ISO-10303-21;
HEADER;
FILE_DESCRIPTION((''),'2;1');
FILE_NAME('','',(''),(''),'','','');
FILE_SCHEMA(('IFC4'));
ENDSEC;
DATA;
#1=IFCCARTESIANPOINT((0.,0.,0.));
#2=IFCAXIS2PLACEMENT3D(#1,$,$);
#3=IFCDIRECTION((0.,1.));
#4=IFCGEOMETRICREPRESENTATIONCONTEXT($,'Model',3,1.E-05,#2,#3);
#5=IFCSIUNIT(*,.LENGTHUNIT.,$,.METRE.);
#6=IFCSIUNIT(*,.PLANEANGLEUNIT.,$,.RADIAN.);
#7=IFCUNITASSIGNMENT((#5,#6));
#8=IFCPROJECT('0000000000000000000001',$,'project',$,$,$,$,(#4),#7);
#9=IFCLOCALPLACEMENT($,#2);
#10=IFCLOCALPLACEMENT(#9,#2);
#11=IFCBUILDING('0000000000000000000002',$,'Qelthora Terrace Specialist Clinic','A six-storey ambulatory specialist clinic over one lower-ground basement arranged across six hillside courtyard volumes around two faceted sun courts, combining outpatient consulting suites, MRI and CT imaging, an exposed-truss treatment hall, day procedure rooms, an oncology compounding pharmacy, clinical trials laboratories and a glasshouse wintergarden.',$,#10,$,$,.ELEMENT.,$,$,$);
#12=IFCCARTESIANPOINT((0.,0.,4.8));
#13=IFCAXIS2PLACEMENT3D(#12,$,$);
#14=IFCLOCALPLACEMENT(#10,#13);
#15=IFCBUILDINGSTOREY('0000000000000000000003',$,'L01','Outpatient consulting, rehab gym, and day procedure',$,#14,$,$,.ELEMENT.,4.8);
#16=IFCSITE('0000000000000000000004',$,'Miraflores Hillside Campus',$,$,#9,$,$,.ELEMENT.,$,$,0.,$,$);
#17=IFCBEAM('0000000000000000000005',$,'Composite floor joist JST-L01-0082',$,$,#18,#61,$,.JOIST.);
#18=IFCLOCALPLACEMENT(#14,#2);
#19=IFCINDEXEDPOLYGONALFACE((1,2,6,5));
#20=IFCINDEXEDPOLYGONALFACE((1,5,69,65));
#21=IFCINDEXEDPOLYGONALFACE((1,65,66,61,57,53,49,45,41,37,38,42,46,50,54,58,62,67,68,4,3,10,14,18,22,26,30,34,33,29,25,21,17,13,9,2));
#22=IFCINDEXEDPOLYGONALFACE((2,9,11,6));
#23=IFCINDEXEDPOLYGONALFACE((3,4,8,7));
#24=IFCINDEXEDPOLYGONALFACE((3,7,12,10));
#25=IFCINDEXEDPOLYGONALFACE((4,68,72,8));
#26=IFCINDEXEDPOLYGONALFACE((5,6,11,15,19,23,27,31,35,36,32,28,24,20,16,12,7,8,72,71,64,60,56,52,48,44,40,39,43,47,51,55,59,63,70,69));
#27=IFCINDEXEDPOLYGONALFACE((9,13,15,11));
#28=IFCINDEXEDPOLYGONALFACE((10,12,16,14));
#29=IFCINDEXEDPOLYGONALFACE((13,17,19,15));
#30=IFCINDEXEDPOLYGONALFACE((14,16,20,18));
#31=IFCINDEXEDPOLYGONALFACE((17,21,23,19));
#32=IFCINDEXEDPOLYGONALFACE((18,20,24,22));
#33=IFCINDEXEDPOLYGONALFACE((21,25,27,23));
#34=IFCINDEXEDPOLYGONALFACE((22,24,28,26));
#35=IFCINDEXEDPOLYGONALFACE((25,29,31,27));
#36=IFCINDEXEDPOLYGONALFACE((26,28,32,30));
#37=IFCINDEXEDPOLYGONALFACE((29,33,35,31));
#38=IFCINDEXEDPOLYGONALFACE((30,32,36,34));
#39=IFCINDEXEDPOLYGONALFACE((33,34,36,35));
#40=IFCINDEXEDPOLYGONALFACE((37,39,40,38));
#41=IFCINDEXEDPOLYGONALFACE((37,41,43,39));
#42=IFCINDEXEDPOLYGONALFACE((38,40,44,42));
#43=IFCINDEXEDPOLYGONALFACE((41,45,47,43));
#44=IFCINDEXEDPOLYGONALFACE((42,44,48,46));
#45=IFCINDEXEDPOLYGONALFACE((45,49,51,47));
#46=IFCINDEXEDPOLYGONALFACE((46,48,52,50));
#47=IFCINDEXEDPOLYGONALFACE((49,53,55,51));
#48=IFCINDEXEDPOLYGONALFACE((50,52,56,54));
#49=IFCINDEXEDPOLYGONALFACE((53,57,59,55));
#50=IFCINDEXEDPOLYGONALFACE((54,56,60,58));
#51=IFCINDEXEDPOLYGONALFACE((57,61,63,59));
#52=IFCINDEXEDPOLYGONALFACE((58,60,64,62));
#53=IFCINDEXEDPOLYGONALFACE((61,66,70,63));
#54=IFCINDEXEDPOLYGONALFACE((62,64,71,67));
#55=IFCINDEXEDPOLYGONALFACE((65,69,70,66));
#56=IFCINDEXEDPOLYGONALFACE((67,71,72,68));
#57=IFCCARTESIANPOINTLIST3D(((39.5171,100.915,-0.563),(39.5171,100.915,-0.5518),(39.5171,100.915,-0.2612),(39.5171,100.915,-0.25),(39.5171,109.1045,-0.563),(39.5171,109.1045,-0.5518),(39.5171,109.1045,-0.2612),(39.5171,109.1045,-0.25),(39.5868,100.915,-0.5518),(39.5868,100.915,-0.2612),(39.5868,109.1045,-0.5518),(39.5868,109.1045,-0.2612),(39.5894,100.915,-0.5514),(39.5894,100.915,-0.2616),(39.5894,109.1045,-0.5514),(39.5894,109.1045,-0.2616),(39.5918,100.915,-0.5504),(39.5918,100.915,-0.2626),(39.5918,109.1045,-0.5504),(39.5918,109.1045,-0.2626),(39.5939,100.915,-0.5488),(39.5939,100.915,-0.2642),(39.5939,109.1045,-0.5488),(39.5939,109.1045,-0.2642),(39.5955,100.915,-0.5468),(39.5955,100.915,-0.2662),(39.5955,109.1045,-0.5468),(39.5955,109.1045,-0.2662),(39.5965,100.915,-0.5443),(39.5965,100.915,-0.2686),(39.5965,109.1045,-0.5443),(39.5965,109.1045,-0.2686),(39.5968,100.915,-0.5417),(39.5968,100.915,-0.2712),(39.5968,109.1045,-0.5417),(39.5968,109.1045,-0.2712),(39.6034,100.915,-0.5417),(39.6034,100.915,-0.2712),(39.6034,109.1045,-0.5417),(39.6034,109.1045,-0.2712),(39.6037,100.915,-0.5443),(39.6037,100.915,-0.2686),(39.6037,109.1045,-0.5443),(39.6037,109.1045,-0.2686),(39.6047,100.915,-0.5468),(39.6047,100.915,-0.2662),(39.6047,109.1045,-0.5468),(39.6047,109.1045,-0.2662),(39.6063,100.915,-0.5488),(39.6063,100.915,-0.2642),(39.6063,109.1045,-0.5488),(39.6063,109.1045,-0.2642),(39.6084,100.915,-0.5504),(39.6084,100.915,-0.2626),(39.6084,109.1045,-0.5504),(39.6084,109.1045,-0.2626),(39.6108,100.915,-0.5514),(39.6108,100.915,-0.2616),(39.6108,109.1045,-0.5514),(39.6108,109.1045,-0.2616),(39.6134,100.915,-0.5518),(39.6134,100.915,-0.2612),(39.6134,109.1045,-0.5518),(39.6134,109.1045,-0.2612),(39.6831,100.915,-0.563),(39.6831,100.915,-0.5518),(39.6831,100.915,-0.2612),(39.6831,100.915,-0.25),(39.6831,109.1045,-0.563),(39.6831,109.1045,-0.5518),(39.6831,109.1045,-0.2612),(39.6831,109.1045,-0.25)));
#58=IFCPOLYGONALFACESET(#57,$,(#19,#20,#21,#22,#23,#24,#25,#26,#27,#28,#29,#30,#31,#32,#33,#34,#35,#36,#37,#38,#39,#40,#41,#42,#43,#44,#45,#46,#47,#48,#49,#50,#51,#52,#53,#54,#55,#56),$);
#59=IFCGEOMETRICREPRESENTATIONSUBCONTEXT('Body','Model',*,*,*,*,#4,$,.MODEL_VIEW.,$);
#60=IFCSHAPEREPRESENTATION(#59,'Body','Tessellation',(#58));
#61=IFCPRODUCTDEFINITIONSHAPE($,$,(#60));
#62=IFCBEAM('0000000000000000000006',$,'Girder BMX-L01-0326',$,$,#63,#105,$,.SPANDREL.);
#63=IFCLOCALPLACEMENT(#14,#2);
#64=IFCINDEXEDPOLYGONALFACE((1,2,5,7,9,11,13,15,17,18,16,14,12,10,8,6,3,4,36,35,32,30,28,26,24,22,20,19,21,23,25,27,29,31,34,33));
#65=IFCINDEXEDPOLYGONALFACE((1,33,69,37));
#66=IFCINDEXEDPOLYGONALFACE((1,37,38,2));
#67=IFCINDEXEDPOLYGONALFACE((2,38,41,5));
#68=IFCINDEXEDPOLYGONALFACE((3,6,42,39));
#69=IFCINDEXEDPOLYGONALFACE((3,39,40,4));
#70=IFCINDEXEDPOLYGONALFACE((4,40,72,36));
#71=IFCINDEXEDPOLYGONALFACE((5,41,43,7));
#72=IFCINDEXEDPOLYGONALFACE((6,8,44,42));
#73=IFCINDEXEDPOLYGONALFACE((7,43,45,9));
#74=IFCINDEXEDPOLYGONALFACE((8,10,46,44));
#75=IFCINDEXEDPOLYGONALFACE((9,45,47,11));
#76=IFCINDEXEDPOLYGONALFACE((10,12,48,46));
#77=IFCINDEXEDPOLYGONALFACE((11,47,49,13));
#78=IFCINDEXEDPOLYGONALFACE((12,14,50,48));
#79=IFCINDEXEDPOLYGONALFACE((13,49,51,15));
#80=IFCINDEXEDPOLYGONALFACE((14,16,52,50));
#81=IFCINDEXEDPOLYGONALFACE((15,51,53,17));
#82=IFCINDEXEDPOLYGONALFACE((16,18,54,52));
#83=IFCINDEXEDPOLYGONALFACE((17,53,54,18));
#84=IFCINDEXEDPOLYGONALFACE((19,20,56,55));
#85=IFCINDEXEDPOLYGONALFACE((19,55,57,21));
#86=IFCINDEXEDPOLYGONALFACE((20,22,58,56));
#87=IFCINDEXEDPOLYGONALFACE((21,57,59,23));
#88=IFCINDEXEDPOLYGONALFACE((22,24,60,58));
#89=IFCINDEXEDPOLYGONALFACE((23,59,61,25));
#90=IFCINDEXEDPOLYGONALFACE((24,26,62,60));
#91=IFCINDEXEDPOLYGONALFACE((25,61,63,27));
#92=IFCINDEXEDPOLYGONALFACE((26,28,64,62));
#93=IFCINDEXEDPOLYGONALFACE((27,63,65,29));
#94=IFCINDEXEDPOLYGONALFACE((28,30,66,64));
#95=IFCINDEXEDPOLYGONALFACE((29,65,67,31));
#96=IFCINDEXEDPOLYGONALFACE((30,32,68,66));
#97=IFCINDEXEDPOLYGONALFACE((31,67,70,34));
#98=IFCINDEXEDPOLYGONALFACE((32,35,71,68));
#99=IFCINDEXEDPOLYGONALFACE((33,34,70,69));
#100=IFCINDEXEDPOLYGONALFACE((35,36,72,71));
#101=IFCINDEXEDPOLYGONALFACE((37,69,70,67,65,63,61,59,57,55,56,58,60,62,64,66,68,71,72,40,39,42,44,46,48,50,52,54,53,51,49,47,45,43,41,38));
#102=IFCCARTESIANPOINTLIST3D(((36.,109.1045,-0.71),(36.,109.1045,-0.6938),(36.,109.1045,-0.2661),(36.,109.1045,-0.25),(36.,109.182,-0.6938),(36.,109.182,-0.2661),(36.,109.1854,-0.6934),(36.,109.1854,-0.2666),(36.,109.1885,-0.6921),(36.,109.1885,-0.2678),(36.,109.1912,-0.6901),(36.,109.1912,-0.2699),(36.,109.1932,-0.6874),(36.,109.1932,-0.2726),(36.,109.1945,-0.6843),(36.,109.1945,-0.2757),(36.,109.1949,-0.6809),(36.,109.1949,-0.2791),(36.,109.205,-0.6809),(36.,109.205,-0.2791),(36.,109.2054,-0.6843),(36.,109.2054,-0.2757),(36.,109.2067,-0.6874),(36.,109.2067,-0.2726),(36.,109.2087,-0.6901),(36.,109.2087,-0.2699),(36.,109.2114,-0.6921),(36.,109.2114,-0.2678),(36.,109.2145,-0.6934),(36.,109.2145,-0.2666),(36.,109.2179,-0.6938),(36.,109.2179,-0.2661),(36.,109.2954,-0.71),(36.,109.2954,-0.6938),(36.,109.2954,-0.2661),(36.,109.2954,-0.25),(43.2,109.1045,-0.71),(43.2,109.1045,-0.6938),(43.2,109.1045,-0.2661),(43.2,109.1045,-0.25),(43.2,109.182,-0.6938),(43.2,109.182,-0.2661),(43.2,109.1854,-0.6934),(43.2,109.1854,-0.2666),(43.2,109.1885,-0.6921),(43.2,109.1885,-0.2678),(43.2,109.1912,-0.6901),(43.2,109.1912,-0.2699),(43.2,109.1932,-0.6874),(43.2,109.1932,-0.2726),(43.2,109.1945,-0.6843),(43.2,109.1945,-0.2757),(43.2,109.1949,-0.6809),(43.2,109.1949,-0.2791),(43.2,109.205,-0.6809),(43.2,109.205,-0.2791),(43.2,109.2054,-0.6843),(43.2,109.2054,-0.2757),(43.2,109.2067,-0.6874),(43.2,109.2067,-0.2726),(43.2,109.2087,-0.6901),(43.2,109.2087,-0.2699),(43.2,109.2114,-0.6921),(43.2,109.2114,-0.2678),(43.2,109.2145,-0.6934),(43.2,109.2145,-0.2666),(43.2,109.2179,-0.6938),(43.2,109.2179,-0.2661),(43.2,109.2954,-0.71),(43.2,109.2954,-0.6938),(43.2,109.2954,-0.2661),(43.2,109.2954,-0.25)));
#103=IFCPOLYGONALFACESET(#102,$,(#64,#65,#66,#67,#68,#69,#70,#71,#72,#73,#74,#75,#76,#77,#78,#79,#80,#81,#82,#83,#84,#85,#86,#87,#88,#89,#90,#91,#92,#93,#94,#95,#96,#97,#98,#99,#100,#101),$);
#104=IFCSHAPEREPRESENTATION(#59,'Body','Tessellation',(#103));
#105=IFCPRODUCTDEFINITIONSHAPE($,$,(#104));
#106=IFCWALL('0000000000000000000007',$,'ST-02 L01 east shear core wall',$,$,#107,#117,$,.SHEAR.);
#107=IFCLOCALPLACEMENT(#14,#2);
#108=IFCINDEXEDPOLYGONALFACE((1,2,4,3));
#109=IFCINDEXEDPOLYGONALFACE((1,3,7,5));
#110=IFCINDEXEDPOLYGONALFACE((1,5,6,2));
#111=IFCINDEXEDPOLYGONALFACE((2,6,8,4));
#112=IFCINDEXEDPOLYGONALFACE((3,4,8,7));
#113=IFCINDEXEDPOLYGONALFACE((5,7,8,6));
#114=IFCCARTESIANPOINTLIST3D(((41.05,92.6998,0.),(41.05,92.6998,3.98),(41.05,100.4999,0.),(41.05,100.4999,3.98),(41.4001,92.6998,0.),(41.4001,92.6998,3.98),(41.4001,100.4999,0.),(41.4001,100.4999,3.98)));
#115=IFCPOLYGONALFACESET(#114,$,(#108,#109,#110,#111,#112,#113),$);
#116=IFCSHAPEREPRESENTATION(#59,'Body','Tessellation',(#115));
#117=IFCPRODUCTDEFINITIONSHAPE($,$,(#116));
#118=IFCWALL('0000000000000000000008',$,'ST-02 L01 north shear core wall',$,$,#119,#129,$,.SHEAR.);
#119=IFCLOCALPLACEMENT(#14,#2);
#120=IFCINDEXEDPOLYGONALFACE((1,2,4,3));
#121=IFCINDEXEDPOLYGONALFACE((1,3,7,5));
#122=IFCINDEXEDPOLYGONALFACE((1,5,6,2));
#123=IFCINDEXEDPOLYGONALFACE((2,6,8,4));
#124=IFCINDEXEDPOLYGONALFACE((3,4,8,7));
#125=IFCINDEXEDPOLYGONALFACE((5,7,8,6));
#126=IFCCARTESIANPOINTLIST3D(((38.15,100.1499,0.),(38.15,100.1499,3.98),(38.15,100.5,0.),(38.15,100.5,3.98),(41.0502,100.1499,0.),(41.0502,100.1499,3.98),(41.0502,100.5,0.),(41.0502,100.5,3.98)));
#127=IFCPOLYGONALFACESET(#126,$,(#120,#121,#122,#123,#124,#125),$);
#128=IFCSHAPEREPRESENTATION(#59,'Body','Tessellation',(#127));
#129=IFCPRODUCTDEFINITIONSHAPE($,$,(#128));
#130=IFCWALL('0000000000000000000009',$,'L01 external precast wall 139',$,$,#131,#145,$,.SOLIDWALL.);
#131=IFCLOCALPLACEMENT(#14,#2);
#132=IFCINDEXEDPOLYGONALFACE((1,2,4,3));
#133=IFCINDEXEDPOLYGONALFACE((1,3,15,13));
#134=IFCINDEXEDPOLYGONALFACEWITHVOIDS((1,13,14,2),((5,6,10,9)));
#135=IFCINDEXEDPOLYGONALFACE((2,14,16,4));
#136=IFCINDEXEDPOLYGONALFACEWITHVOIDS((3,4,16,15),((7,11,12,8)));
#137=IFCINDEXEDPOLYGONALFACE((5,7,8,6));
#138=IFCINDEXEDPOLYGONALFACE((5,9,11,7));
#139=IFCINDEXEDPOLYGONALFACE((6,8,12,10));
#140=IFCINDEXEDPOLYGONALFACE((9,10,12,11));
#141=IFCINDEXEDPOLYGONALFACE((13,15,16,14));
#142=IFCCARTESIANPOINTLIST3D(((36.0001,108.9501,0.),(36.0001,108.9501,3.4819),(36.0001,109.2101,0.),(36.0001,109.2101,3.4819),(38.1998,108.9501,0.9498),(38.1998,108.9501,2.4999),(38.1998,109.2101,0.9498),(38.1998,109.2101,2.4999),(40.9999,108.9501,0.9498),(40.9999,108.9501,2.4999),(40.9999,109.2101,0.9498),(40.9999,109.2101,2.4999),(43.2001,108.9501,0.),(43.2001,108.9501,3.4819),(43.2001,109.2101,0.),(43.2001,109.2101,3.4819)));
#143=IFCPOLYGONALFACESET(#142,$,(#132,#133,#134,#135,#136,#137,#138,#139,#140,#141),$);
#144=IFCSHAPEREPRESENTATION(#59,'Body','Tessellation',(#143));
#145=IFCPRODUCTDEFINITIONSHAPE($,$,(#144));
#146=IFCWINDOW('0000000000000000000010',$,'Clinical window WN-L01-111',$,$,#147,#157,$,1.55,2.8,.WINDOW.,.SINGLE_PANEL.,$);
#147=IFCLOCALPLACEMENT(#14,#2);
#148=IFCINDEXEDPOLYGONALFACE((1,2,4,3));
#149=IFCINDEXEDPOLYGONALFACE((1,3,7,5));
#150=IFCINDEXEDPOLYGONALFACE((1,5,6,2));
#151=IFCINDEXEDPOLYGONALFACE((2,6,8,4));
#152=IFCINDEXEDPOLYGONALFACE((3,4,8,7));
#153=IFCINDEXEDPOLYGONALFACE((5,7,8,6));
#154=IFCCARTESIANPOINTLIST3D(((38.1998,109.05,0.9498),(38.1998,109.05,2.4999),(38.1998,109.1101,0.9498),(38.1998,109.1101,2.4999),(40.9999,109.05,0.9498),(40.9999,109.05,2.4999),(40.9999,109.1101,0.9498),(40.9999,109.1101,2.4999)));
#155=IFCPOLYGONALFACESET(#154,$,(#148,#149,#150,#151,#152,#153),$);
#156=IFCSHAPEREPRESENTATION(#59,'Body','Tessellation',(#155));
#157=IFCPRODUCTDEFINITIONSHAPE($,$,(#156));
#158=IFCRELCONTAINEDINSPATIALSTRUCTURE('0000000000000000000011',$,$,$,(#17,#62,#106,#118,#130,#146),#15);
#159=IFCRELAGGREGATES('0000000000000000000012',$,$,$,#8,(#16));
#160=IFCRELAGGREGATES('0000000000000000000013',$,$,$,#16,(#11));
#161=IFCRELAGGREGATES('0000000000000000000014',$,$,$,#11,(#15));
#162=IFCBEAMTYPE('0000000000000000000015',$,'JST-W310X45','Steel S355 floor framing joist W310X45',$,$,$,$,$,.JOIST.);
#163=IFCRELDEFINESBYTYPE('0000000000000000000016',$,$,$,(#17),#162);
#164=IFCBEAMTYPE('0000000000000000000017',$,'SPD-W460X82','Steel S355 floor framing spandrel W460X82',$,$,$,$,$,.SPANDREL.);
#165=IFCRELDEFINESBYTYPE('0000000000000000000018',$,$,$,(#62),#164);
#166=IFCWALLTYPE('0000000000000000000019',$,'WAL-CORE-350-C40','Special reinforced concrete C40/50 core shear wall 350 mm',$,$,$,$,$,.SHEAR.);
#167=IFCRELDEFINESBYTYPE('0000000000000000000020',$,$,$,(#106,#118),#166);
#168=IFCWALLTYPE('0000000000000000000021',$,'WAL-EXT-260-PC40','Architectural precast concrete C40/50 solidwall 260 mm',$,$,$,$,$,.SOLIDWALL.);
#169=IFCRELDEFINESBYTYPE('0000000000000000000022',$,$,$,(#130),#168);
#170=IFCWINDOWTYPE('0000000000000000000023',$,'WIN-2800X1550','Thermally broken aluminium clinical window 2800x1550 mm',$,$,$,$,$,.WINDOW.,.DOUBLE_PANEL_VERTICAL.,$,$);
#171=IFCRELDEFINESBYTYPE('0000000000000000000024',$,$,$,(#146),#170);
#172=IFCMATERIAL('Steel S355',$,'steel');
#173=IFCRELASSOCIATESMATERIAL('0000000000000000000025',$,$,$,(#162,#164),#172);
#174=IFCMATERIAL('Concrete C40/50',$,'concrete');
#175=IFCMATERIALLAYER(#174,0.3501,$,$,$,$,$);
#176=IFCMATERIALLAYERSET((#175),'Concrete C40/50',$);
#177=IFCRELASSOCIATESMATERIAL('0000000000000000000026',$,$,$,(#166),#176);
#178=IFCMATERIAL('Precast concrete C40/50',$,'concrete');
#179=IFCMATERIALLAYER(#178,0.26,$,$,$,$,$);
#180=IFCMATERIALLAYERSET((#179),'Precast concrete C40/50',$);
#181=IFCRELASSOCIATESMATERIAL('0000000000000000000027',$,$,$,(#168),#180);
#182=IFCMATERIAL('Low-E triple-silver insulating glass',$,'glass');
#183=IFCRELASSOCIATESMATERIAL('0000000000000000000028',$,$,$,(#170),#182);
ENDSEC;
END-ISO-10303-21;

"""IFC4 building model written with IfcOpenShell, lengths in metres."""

from ifc_helpers import new_model, si_unit, direction, frame, frame_2d, origin, origin_2d, place, context, subcontext, project, spatial, rectangle, i_section, extrude, material, layer, layer_set, material_profile, profile_set, type_object, element, fill, save


model = new_model("IFC4")

# Units and contexts
model_context = context("Model", 3, precision=1e-05, world=origin(), true_north=direction((0.0, 1.0)))
body_context = subcontext(model_context, "Body", "Model", "MODEL_VIEW")
ifc_project = project(units=[si_unit("LENGTHUNIT", "METRE"), si_unit("PLANEANGLEUNIT", "RADIAN")], contexts=[model_context])

# Site, building, storey
site_placement = place(None, origin())
site = spatial("IfcSite", under=ifc_project, at=site_placement, Name="Miraflores Hillside Campus", CompositionType="ELEMENT", RefElevation=0.0)
building_placement = place(site_placement, origin())
building = spatial("IfcBuilding", under=site, at=building_placement, Name="Qelthora Terrace Specialist Clinic", Description="A six-storey ambulatory specialist clinic over one lower-ground basement arranged across six hillside courtyard volumes around two faceted sun courts, combining outpatient consulting suites, MRI and CT imaging, an exposed-truss treatment hall, day procedure rooms, an oncology compounding pharmacy, clinical trials laboratories and a glasshouse wintergarden.", CompositionType="ELEMENT")
storey_placement = place(building_placement, frame((0.0, 0.0, 4.8)))
storey = spatial("IfcBuildingStorey", under=building, at=storey_placement, Name="L01", Description="Outpatient consulting, rehab gym, and day procedure", CompositionType="ELEMENT", Elevation=4.8)

# Shared definitions
ifc_material_1 = material(Name="Steel S355", Category="steel")

# Beams
ifc_material_profile_1 = material_profile(ifc_material_1, i_section(OverallWidth=0.166, OverallDepth=0.313, WebThickness=0.0066, FlangeThickness=0.0112, FilletRadius=0.01, at=origin_2d()), Name="W310X45")
ifc_profile_set_1 = profile_set([ifc_material_profile_1], Name="Steel S355")
beam_type_1 = type_object("IfcBeamType", Name="JST-W310X45", Description="Steel S355 floor framing joist W310X45", PredefinedType="JOIST", material=ifc_profile_set_1)
beam_1_placement = place(storey_placement, frame((39.6001, 100.915, -0.4065), z_axis=(0.0, 1.0, 0.0), x_axis=(-1.0, 0.0, 0.0)))
element("IfcBeam", 1, at=beam_1_placement, inside=storey, type_object=beam_type_1, Name="Composite floor joist JST-L01-0082", PredefinedType="JOIST", context=body_context, shape_type="SweptSolid", body=[
    extrude(i_section(OverallWidth=0.166, OverallDepth=0.313, WebThickness=0.0066, FlangeThickness=0.0112, FilletRadius=0.01, at=origin_2d()), origin(), (0.0, 0.0, 1.0), 8.1895),
])
ifc_material_profile_2 = material_profile(ifc_material_1, i_section(OverallWidth=0.1909, OverallDepth=0.46, WebThickness=0.01, FlangeThickness=0.0161, FilletRadius=0.0129, at=origin_2d()), Name="W460X82")
ifc_profile_set_2 = profile_set([ifc_material_profile_2], Name="Steel S355")
beam_type_2 = type_object("IfcBeamType", Name="SPD-W460X82", Description="Steel S355 floor framing spandrel W460X82", PredefinedType="SPANDREL", material=ifc_profile_set_2)
beam_2_placement = place(storey_placement, frame((36.0, 109.2, -0.48), z_axis=(1.0, 0.0, 0.0), x_axis=(0.0, 1.0, 0.0)))
element("IfcBeam", 2, at=beam_2_placement, inside=storey, type_object=beam_type_2, Name="Girder BMX-L01-0326", PredefinedType="SPANDREL", context=body_context, shape_type="SweptSolid", body=[
    extrude(i_section(OverallWidth=0.1909, OverallDepth=0.46, WebThickness=0.01, FlangeThickness=0.0161, FilletRadius=0.0129, at=origin_2d()), origin(), (0.0, 0.0, 1.0), 7.2),
])

# Walls
ifc_material_2 = material(Name="Concrete C40/50", Category="concrete")
ifc_layer_1 = layer(ifc_material_2, 0.3501)
ifc_layer_set_1 = layer_set([ifc_layer_1], Name="Concrete C40/50")
wall_type_1 = type_object("IfcWallType", Name="WAL-CORE-350-C40", Description="Special reinforced concrete C40/50 core shear wall 350 mm", PredefinedType="SHEAR", material=ifc_layer_set_1)
wall_1_placement = place(storey_placement, frame((41.2251, 92.7, 0.0), z_axis=(0.0, 0.0, 1.0), x_axis=(0.0, 1.0, 0.0)))
element("IfcWall", 3, at=wall_1_placement, inside=storey, type_object=wall_type_1, Name="ST-02 L01 east shear core wall", PredefinedType="SHEAR", context=body_context, shape_type="SweptSolid", body=[
    extrude(rectangle(XDim=7.8, YDim=0.3501, at=frame_2d((3.8999, 0.0))), origin(), (0.0, 0.0, 1.0), 3.98),
])
wall_2_placement = place(storey_placement, frame((38.1499, 100.325, 0.0), z_axis=(0.0, 0.0, 1.0), x_axis=(1.0, 0.0, 0.0)))
element("IfcWall", 4, at=wall_2_placement, inside=storey, type_object=wall_type_1, Name="ST-02 L01 north shear core wall", PredefinedType="SHEAR", context=body_context, shape_type="SweptSolid", body=[
    extrude(rectangle(XDim=2.9001, YDim=0.3501, at=frame_2d((1.4502, 0.0))), origin(), (0.0, 0.0, 1.0), 3.98),
])

# Wall, opening, window
ifc_material_3 = material(Name="Precast concrete C40/50", Category="concrete")
ifc_layer_2 = layer(ifc_material_3, 0.26)
ifc_layer_set_2 = layer_set([ifc_layer_2], Name="Precast concrete C40/50")
wall_type_2 = type_object("IfcWallType", Name="WAL-EXT-260-PC40", Description="Architectural precast concrete C40/50 solidwall 260 mm", PredefinedType="SOLIDWALL", material=ifc_layer_set_2)
wall_3_placement = place(storey_placement, frame((36.0, 109.0801, 0.0), z_axis=(0.0, 0.0, 1.0), x_axis=(1.0, 0.0, 0.0)))
wall_3 = element("IfcWall", 5, at=wall_3_placement, inside=storey, type_object=wall_type_2, Name="L01 external precast wall 139", PredefinedType="SOLIDWALL", context=body_context, shape_type="SweptSolid", body=[
    extrude(rectangle(XDim=7.2, YDim=0.26, at=frame_2d((3.6001, 0.0))), origin(), (0.0, 0.0, 1.0), 3.4819),
])
opening_1_placement = place(wall_3_placement, frame((2.2, 0.0, 0.95)))
opening_1 = element("IfcOpeningElement", 6, at=opening_1_placement, cuts=wall_3, PredefinedType="OPENING", context=body_context, shape_type="SweptSolid", body=[
    extrude(rectangle(XDim=2.8, YDim=1.55, at=frame_2d((1.3999, 0.7749))), frame((0.0, 0.1399, 0.0), z_axis=(0.0, -1.0, 0.0), x_axis=(1.0, 0.0, 0.0)), (0.0, 0.0, 1.0), 0.28),
])
ifc_material_4 = material(Name="Low-E triple-silver insulating glass", Category="glass")
window_type = type_object("IfcWindowType", Name="WIN-2800X1550", Description="Thermally broken aluminium clinical window 2800x1550 mm", PartitioningType="DOUBLE_PANEL_VERTICAL", PredefinedType="WINDOW", material=ifc_material_4)
window_placement = place(opening_1_placement, origin())
window = element("IfcWindow", 7, at=window_placement, inside=storey, type_object=window_type, Name="Clinical window WN-L01-111", OverallHeight=1.55, OverallWidth=2.8, PartitioningType="SINGLE_PANEL", PredefinedType="WINDOW", context=body_context, shape_type="SweptSolid", body=[
    extrude(rectangle(XDim=2.8, YDim=1.55, at=frame_2d((1.3999, 0.7749))), frame((0.0, 0.03, 0.0), z_axis=(0.0, -1.0, 0.0), x_axis=(1.0, 0.0, 0.0)), (0.0, 0.0, 1.0), 0.0601),
])
fill(opening_1, window)

save(model, "model.ifc")
